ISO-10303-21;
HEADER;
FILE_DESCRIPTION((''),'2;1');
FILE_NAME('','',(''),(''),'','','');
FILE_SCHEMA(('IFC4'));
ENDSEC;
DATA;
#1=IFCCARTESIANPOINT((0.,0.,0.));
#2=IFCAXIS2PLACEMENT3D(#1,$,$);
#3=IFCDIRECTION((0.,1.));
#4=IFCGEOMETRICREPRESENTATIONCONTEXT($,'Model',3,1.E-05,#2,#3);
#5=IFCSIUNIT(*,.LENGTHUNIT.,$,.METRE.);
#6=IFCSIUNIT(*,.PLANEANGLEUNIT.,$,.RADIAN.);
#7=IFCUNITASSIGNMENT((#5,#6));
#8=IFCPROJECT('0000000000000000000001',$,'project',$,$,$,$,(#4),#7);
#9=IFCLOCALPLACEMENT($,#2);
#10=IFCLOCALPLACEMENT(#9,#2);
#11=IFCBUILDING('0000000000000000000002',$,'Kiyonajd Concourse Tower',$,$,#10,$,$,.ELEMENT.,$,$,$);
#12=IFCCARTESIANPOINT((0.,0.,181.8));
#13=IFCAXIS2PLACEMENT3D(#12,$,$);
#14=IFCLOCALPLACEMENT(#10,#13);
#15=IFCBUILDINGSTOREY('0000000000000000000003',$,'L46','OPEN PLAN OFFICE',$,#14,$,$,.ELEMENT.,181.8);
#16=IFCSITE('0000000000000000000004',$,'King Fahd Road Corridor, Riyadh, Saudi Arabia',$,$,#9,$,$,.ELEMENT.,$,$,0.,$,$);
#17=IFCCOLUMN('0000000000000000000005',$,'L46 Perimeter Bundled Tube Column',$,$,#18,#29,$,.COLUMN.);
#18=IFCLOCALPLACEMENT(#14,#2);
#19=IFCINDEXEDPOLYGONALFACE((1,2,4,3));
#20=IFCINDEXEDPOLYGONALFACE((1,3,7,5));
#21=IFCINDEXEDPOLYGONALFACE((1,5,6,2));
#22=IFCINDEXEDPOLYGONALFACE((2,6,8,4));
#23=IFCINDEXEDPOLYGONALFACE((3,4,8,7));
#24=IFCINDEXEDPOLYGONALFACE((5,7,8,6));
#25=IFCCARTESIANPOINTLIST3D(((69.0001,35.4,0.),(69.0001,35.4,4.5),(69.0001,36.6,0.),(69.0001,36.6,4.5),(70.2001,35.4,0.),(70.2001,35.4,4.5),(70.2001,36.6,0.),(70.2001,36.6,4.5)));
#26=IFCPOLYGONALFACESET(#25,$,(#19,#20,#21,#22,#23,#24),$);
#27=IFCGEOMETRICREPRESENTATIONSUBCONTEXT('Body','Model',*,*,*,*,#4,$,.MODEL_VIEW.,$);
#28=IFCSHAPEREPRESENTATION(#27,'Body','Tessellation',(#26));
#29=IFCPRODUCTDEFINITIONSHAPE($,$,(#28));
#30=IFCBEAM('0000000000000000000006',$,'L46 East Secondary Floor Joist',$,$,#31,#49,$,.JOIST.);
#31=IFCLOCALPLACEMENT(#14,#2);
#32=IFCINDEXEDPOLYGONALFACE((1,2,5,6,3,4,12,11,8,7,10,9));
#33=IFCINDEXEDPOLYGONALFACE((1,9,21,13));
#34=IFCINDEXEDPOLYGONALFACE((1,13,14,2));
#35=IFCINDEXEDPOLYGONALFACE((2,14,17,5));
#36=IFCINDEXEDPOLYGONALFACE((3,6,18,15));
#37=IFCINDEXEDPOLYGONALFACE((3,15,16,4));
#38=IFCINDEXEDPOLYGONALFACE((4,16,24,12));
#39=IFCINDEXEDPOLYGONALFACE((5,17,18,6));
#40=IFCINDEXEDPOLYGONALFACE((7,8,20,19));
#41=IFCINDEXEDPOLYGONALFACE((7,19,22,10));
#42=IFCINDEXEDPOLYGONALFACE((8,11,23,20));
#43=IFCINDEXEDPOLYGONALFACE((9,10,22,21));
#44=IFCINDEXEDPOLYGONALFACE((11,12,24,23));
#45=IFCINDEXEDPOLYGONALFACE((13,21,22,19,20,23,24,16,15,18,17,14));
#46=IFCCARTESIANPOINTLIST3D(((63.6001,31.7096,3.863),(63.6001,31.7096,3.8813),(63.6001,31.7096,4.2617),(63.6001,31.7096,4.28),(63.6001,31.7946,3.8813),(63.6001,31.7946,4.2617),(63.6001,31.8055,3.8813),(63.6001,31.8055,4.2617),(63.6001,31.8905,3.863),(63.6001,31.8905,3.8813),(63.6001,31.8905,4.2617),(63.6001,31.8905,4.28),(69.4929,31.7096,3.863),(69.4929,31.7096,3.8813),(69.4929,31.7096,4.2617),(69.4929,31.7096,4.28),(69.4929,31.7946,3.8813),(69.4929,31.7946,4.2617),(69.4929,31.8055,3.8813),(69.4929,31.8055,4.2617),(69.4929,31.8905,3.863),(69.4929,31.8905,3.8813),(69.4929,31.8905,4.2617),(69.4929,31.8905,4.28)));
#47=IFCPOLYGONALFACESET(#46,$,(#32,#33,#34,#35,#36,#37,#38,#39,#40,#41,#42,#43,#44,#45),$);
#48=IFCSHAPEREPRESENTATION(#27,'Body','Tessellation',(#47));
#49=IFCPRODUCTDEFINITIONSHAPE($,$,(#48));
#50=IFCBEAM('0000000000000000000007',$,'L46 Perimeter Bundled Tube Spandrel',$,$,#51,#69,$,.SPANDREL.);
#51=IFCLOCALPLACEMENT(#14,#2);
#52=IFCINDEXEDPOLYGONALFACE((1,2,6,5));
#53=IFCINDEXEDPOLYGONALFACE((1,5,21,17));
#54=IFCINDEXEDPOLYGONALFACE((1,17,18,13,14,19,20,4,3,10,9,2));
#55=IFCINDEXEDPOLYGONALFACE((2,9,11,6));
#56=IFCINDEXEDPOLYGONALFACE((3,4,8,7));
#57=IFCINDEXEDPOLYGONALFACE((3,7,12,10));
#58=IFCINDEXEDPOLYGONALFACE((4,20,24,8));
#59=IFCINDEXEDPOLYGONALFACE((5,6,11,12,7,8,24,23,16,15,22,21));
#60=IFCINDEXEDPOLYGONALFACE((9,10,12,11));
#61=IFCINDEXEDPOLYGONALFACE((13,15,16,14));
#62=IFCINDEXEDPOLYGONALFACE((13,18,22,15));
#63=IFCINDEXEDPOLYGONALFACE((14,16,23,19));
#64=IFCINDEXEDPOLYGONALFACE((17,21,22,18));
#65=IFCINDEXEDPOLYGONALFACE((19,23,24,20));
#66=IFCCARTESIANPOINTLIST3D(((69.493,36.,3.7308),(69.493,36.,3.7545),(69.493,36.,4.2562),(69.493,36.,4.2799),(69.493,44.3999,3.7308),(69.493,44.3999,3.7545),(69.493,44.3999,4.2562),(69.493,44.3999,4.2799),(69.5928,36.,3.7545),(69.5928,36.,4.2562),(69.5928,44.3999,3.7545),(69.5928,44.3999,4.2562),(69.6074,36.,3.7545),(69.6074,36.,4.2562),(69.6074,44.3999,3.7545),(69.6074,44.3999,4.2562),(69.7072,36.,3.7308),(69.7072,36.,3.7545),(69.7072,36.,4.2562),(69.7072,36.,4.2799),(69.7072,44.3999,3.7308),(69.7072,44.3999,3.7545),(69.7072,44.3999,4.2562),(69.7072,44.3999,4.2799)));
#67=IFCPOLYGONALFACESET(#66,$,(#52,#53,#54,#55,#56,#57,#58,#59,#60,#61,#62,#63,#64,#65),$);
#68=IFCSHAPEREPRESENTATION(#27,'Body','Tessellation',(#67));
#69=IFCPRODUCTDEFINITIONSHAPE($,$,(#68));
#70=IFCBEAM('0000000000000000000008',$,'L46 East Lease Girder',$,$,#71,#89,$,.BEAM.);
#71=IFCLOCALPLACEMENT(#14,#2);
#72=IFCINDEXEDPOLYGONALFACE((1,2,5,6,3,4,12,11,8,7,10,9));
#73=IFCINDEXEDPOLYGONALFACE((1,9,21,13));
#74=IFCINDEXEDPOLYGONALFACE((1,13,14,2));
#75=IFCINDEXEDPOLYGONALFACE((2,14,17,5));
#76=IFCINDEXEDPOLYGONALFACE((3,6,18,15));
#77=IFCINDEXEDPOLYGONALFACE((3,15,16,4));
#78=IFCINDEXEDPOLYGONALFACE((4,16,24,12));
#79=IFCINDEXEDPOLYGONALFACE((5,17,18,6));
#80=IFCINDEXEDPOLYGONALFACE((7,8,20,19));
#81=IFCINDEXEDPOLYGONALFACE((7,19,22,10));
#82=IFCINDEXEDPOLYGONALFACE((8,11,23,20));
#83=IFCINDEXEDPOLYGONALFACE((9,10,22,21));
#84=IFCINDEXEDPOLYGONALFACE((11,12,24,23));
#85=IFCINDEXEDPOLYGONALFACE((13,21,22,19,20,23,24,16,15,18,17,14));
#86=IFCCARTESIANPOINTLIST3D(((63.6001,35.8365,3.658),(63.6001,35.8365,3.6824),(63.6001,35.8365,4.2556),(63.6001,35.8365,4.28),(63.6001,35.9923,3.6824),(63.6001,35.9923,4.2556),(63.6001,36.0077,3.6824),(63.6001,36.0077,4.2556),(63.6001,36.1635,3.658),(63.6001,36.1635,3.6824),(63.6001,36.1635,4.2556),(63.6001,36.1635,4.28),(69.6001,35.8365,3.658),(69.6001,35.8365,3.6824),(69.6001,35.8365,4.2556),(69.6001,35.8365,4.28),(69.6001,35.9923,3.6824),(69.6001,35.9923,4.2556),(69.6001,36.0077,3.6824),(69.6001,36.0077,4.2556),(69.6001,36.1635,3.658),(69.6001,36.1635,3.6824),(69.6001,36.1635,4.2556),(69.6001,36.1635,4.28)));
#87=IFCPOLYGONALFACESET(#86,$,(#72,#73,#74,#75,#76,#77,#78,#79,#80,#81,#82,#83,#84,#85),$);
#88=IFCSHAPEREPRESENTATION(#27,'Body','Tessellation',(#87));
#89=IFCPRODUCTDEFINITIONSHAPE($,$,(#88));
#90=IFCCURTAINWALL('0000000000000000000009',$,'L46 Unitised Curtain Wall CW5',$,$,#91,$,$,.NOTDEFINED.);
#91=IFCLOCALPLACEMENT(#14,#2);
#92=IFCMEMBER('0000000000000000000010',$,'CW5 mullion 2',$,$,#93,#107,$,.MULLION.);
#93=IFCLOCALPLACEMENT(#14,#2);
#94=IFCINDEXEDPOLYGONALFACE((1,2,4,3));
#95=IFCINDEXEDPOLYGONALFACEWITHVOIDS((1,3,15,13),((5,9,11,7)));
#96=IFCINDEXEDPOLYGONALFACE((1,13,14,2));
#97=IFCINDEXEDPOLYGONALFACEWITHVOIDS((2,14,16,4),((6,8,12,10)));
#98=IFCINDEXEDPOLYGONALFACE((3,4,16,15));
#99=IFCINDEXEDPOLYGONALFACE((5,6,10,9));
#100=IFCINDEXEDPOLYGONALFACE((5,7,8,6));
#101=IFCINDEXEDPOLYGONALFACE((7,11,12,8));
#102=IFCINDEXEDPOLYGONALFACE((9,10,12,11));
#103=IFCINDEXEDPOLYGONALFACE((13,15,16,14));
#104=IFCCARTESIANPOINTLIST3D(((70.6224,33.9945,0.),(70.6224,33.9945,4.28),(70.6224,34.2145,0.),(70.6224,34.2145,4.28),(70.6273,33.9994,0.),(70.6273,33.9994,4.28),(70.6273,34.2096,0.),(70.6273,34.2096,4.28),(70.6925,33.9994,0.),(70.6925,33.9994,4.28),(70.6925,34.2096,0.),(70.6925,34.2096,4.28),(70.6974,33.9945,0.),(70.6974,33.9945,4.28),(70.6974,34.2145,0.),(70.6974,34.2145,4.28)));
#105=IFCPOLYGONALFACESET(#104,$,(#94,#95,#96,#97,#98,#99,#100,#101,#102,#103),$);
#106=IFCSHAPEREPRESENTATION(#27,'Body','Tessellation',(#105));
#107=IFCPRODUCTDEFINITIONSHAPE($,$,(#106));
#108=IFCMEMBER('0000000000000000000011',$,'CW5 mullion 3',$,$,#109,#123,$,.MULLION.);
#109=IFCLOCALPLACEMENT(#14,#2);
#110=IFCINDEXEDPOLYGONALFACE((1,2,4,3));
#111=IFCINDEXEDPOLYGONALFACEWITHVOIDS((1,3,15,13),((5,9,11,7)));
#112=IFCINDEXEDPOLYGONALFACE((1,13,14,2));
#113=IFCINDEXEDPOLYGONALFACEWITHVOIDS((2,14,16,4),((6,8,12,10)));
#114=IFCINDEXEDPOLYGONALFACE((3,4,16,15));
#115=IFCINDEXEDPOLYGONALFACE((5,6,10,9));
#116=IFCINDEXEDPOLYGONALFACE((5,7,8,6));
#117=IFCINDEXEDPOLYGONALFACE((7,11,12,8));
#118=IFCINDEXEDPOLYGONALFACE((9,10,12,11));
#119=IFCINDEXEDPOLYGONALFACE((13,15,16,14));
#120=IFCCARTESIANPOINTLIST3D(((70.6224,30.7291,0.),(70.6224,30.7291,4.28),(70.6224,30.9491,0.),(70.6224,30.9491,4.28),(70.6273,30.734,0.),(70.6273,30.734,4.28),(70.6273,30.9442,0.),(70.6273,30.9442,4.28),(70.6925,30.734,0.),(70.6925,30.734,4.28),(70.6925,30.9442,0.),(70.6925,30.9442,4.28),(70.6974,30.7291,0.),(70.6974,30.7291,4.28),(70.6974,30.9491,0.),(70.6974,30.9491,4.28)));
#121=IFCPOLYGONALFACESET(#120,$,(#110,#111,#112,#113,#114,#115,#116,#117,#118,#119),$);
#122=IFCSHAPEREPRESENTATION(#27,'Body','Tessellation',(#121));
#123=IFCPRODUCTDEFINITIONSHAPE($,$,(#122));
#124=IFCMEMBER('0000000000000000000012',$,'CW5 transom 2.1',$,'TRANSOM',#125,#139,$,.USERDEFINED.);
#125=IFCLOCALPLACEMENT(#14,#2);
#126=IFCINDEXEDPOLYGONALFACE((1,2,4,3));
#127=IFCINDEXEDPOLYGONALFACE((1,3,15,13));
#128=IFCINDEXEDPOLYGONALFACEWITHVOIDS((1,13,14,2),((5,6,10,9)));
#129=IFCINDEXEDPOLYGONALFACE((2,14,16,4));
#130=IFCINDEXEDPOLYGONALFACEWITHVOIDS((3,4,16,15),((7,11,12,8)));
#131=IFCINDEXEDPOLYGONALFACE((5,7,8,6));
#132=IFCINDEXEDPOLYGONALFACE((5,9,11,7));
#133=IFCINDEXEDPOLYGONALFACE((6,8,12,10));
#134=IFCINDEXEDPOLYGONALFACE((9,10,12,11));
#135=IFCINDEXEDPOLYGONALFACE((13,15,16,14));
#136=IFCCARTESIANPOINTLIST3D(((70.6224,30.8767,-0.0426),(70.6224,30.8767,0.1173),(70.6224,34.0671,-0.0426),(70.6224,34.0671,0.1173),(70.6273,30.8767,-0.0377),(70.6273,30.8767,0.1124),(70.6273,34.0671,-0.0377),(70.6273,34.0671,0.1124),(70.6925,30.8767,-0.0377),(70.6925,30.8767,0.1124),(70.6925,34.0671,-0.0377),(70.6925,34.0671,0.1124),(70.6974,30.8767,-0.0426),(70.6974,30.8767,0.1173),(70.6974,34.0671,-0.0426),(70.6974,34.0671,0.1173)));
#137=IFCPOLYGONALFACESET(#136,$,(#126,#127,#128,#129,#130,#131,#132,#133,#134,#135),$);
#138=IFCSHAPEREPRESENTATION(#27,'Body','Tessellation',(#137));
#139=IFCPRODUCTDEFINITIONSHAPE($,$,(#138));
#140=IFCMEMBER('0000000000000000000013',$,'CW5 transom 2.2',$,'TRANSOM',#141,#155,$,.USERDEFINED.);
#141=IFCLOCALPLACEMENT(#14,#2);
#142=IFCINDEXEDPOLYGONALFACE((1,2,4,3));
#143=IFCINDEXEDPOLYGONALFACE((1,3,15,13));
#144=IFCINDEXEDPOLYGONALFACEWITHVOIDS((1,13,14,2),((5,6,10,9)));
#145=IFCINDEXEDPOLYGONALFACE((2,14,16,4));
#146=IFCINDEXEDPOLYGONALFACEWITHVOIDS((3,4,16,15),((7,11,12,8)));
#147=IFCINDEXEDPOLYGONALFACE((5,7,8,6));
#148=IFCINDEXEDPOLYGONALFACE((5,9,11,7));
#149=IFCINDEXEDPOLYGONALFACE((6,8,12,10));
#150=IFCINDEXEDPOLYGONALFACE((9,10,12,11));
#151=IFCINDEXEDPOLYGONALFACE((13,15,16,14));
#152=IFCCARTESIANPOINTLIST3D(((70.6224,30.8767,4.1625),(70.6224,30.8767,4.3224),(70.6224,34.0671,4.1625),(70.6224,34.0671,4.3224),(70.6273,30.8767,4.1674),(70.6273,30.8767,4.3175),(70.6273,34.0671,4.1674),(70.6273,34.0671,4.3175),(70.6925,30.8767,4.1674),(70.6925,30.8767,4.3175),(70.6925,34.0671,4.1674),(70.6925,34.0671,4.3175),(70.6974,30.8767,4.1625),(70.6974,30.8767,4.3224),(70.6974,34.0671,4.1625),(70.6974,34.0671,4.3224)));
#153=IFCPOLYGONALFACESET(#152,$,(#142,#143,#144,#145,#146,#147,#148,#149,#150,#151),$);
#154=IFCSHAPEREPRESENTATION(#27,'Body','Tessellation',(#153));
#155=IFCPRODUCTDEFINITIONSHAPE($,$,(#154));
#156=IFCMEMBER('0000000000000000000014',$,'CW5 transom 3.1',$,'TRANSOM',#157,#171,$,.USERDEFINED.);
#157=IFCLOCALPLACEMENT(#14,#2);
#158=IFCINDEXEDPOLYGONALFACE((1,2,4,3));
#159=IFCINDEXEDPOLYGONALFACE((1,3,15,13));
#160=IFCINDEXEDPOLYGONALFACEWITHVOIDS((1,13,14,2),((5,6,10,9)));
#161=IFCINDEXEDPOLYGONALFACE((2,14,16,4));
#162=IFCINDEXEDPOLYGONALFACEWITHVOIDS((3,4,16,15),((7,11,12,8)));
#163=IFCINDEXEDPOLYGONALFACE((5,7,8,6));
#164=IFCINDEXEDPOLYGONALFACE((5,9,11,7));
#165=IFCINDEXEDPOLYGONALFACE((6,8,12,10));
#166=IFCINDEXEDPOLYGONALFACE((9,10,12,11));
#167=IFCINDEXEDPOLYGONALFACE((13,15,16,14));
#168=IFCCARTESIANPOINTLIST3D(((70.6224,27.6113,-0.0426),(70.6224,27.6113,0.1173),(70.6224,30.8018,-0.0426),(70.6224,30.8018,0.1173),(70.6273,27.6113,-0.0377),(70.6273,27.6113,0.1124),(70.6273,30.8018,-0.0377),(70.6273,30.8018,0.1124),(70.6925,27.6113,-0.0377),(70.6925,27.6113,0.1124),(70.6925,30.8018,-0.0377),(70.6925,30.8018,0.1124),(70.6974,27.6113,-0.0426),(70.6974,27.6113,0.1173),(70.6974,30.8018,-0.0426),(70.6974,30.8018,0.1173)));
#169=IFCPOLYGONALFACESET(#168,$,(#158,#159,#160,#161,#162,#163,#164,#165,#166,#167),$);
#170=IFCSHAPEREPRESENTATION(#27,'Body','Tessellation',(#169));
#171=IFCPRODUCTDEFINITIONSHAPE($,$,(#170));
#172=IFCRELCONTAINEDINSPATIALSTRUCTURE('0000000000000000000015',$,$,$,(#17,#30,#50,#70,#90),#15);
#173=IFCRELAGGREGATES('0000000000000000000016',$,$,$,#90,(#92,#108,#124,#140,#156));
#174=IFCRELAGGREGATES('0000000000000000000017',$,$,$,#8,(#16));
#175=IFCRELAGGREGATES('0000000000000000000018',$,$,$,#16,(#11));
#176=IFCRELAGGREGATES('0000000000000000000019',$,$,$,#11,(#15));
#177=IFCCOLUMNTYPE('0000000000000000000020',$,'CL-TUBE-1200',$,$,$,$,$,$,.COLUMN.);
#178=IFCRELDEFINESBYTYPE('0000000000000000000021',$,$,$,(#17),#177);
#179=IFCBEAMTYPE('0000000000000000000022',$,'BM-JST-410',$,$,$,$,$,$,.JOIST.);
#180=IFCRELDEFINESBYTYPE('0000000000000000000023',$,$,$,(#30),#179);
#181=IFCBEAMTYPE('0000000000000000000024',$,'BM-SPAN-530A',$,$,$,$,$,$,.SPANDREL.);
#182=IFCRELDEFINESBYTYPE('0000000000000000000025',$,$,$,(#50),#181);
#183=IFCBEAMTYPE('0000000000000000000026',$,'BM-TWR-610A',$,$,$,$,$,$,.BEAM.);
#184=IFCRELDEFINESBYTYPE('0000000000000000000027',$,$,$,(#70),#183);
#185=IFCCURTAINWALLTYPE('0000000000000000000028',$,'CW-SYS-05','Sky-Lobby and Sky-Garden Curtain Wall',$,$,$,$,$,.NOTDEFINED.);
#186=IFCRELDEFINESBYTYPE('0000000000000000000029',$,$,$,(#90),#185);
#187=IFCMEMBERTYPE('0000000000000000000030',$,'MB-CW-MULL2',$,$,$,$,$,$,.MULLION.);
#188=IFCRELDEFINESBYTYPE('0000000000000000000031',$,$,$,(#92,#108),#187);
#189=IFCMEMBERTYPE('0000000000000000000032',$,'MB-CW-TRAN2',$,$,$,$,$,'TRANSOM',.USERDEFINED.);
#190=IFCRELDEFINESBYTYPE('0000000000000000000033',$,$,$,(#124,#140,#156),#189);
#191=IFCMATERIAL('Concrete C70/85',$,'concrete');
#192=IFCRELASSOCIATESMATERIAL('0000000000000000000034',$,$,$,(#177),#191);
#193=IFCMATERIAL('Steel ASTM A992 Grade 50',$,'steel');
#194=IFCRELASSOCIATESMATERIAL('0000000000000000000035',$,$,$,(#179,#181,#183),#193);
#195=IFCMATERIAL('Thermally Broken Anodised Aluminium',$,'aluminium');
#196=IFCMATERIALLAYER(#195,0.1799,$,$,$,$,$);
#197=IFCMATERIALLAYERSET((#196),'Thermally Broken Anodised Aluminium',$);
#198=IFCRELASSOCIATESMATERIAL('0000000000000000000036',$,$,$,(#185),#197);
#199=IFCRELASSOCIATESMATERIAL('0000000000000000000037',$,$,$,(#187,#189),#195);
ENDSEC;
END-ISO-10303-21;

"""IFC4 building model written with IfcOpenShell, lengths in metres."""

from ifc_helpers import new_model, si_unit, direction, frame, origin, origin_2d, place, context, subcontext, project, spatial, rectangle, hollow_rectangle, i_section, extrude, material, layer, layer_set, material_profile, profile_set, type_object, element, aggregate, save


model = new_model("IFC4")

# Units and contexts
model_context = context("Model", 3, precision=1e-05, world=origin(), true_north=direction((0.0, 1.0)))
body_context = subcontext(model_context, "Body", "Model", "MODEL_VIEW")
ifc_project = project(units=[si_unit("LENGTHUNIT", "METRE"), si_unit("PLANEANGLEUNIT", "RADIAN")], contexts=[model_context])

# Site, building, storey
site_placement = place(None, origin())
site = spatial("IfcSite", under=ifc_project, at=site_placement, Name="King Fahd Road Corridor, Riyadh, Saudi Arabia", CompositionType="ELEMENT", RefElevation=0.0)
building_placement = place(site_placement, origin())
building = spatial("IfcBuilding", under=site, at=building_placement, Name="Kiyonajd Concourse Tower", CompositionType="ELEMENT")
storey_placement = place(building_placement, frame((0.0, 0.0, 181.8)))
storey = spatial("IfcBuildingStorey", under=building, at=storey_placement, Name="L46", Description="OPEN PLAN OFFICE", CompositionType="ELEMENT", Elevation=181.8)

# Column
ifc_material_1 = material(Name="Concrete C70/85", Category="concrete")
ifc_material_profile_1 = material_profile(ifc_material_1, rectangle(XDim=1.2, YDim=1.2, at=origin_2d()), Name="RC-1200x1200")
ifc_profile_set_1 = profile_set([ifc_material_profile_1], Name="Concrete C70/85")
column_type = type_object("IfcColumnType", Name="CL-TUBE-1200", PredefinedType="COLUMN", material=ifc_profile_set_1)
column_placement = place(storey_placement, frame((69.6001, 36.0, 0.0), z_axis=(0.0, 0.0, 1.0), x_axis=(1.0, 0.0, 0.0)))
element("IfcColumn", 1, at=column_placement, inside=storey, type_object=column_type, Name="L46 Perimeter Bundled Tube Column", PredefinedType="COLUMN", context=body_context, shape_type="SweptSolid", body=[
    extrude(rectangle(XDim=1.2, YDim=1.2, at=origin_2d()), origin(), (0.0, 0.0, 1.0), 4.5),
])

# Beams
ifc_material_2 = material(Name="Steel ASTM A992 Grade 50", Category="steel")
ifc_material_profile_2 = material_profile(ifc_material_2, i_section(OverallWidth=0.1809, OverallDepth=0.417, WebThickness=0.011, FlangeThickness=0.0183, at=origin_2d()), Name="W410X85")
ifc_profile_set_2 = profile_set([ifc_material_profile_2], Name="Steel ASTM A992 Grade 50")
beam_type_1 = type_object("IfcBeamType", Name="BM-JST-410", PredefinedType="JOIST", material=ifc_profile_set_2)
beam_1_placement = place(storey_placement, frame((63.6001, 31.8, 4.0715), z_axis=(1.0, 0.0, 0.0), x_axis=(0.0, 1.0, 0.0)))
element("IfcBeam", 2, at=beam_1_placement, inside=storey, type_object=beam_type_1, Name="L46 East Secondary Floor Joist", PredefinedType="JOIST", context=body_context, shape_type="SweptSolid", body=[
    extrude(i_section(OverallWidth=0.1809, OverallDepth=0.417, WebThickness=0.011, FlangeThickness=0.0183, at=origin_2d()), origin(), (0.0, 0.0, 1.0), 5.8928),
])
ifc_material_profile_3 = material_profile(ifc_material_2, i_section(OverallWidth=0.2141, OverallDepth=0.5491, WebThickness=0.0146, FlangeThickness=0.0237, at=origin_2d()), Name="W530X138")
ifc_profile_set_3 = profile_set([ifc_material_profile_3], Name="Steel ASTM A992 Grade 50")
beam_type_2 = type_object("IfcBeamType", Name="BM-SPAN-530A", PredefinedType="SPANDREL", material=ifc_profile_set_3)
beam_2_placement = place(storey_placement, frame((69.6001, 36.0, 4.0054), z_axis=(0.0, 1.0, 0.0), x_axis=(-1.0, 0.0, 0.0)))
element("IfcBeam", 3, at=beam_2_placement, inside=storey, type_object=beam_type_2, Name="L46 Perimeter Bundled Tube Spandrel", PredefinedType="SPANDREL", context=body_context, shape_type="SweptSolid", body=[
    extrude(i_section(OverallWidth=0.2141, OverallDepth=0.5491, WebThickness=0.0146, FlangeThickness=0.0237, at=origin_2d()), origin(), (0.0, 0.0, 1.0), 8.3999),
])
ifc_material_profile_4 = material_profile(ifc_material_2, i_section(OverallWidth=0.3269, OverallDepth=0.6221, WebThickness=0.0154, FlangeThickness=0.0244, at=origin_2d()), Name="W610X195")
ifc_profile_set_4 = profile_set([ifc_material_profile_4], Name="Steel ASTM A992 Grade 50")
beam_type_3 = type_object("IfcBeamType", Name="BM-TWR-610A", PredefinedType="BEAM", material=ifc_profile_set_4)
beam_3_placement = place(storey_placement, frame((63.6001, 36.0, 3.969), z_axis=(1.0, 0.0, 0.0), x_axis=(0.0, 1.0, 0.0)))
element("IfcBeam", 4, at=beam_3_placement, inside=storey, type_object=beam_type_3, Name="L46 East Lease Girder", PredefinedType="BEAM", context=body_context, shape_type="SweptSolid", body=[
    extrude(i_section(OverallWidth=0.3269, OverallDepth=0.6221, WebThickness=0.0154, FlangeThickness=0.0244, at=origin_2d()), origin(), (0.0, 0.0, 1.0), 6.0),
])

# Curtain wall, members
ifc_material_3 = material(Name="Thermally Broken Anodised Aluminium", Category="aluminium")
ifc_layer_1 = layer(ifc_material_3, 0.1799)
ifc_layer_set_1 = layer_set([ifc_layer_1], Name="Thermally Broken Anodised Aluminium")
curtain_wall_type = type_object("IfcCurtainWallType", Name="CW-SYS-05", Description="Sky-Lobby and Sky-Garden Curtain Wall", PredefinedType="NOTDEFINED", material=ifc_layer_set_1)
curtain_wall_placement = place(storey_placement, origin())
curtain_wall = element("IfcCurtainWall", 5, at=curtain_wall_placement, inside=storey, type_object=curtain_wall_type, Name="L46 Unitised Curtain Wall CW5", PredefinedType="NOTDEFINED")
ifc_material_profile_5 = material_profile(ifc_material_3, hollow_rectangle(XDim=0.075, YDim=0.22, WallThickness=0.0049, at=origin_2d()), Name="MULL-75x220")
ifc_profile_set_5 = profile_set([ifc_material_profile_5], Name="Thermally Broken Anodised Aluminium")
member_type_1 = type_object("IfcMemberType", Name="MB-CW-MULL2", PredefinedType="MULLION", material=ifc_profile_set_5)
member_1_placement = place(storey_placement, frame((70.6599, 34.1045, 0.0), z_axis=(0.0, 0.0, 1.0), x_axis=(1.0, 0.0, 0.0)))
member_1 = element("IfcMember", 6, at=member_1_placement, type_object=member_type_1, Name="CW5 mullion 2", PredefinedType="MULLION", context=body_context, shape_type="SweptSolid", body=[
    extrude(hollow_rectangle(XDim=0.075, YDim=0.22, WallThickness=0.0049, at=origin_2d()), origin(), (0.0, 0.0, 1.0), 4.28),
])
member_2_placement = place(storey_placement, frame((70.6599, 30.8391, 0.0), z_axis=(0.0, 0.0, 1.0), x_axis=(1.0, 0.0, 0.0)))
member_2 = element("IfcMember", 7, at=member_2_placement, type_object=member_type_1, Name="CW5 mullion 3", PredefinedType="MULLION", context=body_context, shape_type="SweptSolid", body=[
    extrude(hollow_rectangle(XDim=0.075, YDim=0.22, WallThickness=0.0049, at=origin_2d()), origin(), (0.0, 0.0, 1.0), 4.28),
])
ifc_material_profile_6 = material_profile(ifc_material_3, hollow_rectangle(XDim=0.075, YDim=0.1599, WallThickness=0.0049, at=origin_2d()), Name="TRAN-75x160")
ifc_profile_set_6 = profile_set([ifc_material_profile_6], Name="Thermally Broken Anodised Aluminium")
member_type_2 = type_object("IfcMemberType", Name="MB-CW-TRAN2", ElementType="TRANSOM", PredefinedType="USERDEFINED", material=ifc_profile_set_6)
member_3_placement = place(storey_placement, frame((70.6599, 34.0671, 0.0374), z_axis=(0.0, -1.0, 0.0), x_axis=(1.0, 0.0, 0.0)))
member_3 = element("IfcMember", 8, at=member_3_placement, type_object=member_type_2, Name="CW5 transom 2.1", ObjectType="TRANSOM", PredefinedType="USERDEFINED", context=body_context, shape_type="SweptSolid", body=[
    extrude(hollow_rectangle(XDim=0.075, YDim=0.1599, WallThickness=0.0049, at=origin_2d()), origin(), (0.0, 0.0, 1.0), 3.1904),
])
member_4_placement = place(storey_placement, frame((70.6599, 34.0671, 4.2424), z_axis=(0.0, -1.0, 0.0), x_axis=(1.0, 0.0, 0.0)))
member_4 = element("IfcMember", 9, at=member_4_placement, type_object=member_type_2, Name="CW5 transom 2.2", ObjectType="TRANSOM", PredefinedType="USERDEFINED", context=body_context, shape_type="SweptSolid", body=[
    extrude(hollow_rectangle(XDim=0.075, YDim=0.1599, WallThickness=0.0049, at=origin_2d()), origin(), (0.0, 0.0, 1.0), 3.1904),
])
member_5_placement = place(storey_placement, frame((70.6599, 30.8018, 0.0374), z_axis=(0.0, -1.0, 0.0), x_axis=(1.0, 0.0, 0.0)))
member_5 = element("IfcMember", 10, at=member_5_placement, type_object=member_type_2, Name="CW5 transom 3.1", ObjectType="TRANSOM", PredefinedType="USERDEFINED", context=body_context, shape_type="SweptSolid", body=[
    extrude(hollow_rectangle(XDim=0.075, YDim=0.1599, WallThickness=0.0049, at=origin_2d()), origin(), (0.0, 0.0, 1.0), 3.1904),
])
aggregate(curtain_wall, [member_1, member_2, member_3, member_4, member_5])

save(model, "model.ifc")
